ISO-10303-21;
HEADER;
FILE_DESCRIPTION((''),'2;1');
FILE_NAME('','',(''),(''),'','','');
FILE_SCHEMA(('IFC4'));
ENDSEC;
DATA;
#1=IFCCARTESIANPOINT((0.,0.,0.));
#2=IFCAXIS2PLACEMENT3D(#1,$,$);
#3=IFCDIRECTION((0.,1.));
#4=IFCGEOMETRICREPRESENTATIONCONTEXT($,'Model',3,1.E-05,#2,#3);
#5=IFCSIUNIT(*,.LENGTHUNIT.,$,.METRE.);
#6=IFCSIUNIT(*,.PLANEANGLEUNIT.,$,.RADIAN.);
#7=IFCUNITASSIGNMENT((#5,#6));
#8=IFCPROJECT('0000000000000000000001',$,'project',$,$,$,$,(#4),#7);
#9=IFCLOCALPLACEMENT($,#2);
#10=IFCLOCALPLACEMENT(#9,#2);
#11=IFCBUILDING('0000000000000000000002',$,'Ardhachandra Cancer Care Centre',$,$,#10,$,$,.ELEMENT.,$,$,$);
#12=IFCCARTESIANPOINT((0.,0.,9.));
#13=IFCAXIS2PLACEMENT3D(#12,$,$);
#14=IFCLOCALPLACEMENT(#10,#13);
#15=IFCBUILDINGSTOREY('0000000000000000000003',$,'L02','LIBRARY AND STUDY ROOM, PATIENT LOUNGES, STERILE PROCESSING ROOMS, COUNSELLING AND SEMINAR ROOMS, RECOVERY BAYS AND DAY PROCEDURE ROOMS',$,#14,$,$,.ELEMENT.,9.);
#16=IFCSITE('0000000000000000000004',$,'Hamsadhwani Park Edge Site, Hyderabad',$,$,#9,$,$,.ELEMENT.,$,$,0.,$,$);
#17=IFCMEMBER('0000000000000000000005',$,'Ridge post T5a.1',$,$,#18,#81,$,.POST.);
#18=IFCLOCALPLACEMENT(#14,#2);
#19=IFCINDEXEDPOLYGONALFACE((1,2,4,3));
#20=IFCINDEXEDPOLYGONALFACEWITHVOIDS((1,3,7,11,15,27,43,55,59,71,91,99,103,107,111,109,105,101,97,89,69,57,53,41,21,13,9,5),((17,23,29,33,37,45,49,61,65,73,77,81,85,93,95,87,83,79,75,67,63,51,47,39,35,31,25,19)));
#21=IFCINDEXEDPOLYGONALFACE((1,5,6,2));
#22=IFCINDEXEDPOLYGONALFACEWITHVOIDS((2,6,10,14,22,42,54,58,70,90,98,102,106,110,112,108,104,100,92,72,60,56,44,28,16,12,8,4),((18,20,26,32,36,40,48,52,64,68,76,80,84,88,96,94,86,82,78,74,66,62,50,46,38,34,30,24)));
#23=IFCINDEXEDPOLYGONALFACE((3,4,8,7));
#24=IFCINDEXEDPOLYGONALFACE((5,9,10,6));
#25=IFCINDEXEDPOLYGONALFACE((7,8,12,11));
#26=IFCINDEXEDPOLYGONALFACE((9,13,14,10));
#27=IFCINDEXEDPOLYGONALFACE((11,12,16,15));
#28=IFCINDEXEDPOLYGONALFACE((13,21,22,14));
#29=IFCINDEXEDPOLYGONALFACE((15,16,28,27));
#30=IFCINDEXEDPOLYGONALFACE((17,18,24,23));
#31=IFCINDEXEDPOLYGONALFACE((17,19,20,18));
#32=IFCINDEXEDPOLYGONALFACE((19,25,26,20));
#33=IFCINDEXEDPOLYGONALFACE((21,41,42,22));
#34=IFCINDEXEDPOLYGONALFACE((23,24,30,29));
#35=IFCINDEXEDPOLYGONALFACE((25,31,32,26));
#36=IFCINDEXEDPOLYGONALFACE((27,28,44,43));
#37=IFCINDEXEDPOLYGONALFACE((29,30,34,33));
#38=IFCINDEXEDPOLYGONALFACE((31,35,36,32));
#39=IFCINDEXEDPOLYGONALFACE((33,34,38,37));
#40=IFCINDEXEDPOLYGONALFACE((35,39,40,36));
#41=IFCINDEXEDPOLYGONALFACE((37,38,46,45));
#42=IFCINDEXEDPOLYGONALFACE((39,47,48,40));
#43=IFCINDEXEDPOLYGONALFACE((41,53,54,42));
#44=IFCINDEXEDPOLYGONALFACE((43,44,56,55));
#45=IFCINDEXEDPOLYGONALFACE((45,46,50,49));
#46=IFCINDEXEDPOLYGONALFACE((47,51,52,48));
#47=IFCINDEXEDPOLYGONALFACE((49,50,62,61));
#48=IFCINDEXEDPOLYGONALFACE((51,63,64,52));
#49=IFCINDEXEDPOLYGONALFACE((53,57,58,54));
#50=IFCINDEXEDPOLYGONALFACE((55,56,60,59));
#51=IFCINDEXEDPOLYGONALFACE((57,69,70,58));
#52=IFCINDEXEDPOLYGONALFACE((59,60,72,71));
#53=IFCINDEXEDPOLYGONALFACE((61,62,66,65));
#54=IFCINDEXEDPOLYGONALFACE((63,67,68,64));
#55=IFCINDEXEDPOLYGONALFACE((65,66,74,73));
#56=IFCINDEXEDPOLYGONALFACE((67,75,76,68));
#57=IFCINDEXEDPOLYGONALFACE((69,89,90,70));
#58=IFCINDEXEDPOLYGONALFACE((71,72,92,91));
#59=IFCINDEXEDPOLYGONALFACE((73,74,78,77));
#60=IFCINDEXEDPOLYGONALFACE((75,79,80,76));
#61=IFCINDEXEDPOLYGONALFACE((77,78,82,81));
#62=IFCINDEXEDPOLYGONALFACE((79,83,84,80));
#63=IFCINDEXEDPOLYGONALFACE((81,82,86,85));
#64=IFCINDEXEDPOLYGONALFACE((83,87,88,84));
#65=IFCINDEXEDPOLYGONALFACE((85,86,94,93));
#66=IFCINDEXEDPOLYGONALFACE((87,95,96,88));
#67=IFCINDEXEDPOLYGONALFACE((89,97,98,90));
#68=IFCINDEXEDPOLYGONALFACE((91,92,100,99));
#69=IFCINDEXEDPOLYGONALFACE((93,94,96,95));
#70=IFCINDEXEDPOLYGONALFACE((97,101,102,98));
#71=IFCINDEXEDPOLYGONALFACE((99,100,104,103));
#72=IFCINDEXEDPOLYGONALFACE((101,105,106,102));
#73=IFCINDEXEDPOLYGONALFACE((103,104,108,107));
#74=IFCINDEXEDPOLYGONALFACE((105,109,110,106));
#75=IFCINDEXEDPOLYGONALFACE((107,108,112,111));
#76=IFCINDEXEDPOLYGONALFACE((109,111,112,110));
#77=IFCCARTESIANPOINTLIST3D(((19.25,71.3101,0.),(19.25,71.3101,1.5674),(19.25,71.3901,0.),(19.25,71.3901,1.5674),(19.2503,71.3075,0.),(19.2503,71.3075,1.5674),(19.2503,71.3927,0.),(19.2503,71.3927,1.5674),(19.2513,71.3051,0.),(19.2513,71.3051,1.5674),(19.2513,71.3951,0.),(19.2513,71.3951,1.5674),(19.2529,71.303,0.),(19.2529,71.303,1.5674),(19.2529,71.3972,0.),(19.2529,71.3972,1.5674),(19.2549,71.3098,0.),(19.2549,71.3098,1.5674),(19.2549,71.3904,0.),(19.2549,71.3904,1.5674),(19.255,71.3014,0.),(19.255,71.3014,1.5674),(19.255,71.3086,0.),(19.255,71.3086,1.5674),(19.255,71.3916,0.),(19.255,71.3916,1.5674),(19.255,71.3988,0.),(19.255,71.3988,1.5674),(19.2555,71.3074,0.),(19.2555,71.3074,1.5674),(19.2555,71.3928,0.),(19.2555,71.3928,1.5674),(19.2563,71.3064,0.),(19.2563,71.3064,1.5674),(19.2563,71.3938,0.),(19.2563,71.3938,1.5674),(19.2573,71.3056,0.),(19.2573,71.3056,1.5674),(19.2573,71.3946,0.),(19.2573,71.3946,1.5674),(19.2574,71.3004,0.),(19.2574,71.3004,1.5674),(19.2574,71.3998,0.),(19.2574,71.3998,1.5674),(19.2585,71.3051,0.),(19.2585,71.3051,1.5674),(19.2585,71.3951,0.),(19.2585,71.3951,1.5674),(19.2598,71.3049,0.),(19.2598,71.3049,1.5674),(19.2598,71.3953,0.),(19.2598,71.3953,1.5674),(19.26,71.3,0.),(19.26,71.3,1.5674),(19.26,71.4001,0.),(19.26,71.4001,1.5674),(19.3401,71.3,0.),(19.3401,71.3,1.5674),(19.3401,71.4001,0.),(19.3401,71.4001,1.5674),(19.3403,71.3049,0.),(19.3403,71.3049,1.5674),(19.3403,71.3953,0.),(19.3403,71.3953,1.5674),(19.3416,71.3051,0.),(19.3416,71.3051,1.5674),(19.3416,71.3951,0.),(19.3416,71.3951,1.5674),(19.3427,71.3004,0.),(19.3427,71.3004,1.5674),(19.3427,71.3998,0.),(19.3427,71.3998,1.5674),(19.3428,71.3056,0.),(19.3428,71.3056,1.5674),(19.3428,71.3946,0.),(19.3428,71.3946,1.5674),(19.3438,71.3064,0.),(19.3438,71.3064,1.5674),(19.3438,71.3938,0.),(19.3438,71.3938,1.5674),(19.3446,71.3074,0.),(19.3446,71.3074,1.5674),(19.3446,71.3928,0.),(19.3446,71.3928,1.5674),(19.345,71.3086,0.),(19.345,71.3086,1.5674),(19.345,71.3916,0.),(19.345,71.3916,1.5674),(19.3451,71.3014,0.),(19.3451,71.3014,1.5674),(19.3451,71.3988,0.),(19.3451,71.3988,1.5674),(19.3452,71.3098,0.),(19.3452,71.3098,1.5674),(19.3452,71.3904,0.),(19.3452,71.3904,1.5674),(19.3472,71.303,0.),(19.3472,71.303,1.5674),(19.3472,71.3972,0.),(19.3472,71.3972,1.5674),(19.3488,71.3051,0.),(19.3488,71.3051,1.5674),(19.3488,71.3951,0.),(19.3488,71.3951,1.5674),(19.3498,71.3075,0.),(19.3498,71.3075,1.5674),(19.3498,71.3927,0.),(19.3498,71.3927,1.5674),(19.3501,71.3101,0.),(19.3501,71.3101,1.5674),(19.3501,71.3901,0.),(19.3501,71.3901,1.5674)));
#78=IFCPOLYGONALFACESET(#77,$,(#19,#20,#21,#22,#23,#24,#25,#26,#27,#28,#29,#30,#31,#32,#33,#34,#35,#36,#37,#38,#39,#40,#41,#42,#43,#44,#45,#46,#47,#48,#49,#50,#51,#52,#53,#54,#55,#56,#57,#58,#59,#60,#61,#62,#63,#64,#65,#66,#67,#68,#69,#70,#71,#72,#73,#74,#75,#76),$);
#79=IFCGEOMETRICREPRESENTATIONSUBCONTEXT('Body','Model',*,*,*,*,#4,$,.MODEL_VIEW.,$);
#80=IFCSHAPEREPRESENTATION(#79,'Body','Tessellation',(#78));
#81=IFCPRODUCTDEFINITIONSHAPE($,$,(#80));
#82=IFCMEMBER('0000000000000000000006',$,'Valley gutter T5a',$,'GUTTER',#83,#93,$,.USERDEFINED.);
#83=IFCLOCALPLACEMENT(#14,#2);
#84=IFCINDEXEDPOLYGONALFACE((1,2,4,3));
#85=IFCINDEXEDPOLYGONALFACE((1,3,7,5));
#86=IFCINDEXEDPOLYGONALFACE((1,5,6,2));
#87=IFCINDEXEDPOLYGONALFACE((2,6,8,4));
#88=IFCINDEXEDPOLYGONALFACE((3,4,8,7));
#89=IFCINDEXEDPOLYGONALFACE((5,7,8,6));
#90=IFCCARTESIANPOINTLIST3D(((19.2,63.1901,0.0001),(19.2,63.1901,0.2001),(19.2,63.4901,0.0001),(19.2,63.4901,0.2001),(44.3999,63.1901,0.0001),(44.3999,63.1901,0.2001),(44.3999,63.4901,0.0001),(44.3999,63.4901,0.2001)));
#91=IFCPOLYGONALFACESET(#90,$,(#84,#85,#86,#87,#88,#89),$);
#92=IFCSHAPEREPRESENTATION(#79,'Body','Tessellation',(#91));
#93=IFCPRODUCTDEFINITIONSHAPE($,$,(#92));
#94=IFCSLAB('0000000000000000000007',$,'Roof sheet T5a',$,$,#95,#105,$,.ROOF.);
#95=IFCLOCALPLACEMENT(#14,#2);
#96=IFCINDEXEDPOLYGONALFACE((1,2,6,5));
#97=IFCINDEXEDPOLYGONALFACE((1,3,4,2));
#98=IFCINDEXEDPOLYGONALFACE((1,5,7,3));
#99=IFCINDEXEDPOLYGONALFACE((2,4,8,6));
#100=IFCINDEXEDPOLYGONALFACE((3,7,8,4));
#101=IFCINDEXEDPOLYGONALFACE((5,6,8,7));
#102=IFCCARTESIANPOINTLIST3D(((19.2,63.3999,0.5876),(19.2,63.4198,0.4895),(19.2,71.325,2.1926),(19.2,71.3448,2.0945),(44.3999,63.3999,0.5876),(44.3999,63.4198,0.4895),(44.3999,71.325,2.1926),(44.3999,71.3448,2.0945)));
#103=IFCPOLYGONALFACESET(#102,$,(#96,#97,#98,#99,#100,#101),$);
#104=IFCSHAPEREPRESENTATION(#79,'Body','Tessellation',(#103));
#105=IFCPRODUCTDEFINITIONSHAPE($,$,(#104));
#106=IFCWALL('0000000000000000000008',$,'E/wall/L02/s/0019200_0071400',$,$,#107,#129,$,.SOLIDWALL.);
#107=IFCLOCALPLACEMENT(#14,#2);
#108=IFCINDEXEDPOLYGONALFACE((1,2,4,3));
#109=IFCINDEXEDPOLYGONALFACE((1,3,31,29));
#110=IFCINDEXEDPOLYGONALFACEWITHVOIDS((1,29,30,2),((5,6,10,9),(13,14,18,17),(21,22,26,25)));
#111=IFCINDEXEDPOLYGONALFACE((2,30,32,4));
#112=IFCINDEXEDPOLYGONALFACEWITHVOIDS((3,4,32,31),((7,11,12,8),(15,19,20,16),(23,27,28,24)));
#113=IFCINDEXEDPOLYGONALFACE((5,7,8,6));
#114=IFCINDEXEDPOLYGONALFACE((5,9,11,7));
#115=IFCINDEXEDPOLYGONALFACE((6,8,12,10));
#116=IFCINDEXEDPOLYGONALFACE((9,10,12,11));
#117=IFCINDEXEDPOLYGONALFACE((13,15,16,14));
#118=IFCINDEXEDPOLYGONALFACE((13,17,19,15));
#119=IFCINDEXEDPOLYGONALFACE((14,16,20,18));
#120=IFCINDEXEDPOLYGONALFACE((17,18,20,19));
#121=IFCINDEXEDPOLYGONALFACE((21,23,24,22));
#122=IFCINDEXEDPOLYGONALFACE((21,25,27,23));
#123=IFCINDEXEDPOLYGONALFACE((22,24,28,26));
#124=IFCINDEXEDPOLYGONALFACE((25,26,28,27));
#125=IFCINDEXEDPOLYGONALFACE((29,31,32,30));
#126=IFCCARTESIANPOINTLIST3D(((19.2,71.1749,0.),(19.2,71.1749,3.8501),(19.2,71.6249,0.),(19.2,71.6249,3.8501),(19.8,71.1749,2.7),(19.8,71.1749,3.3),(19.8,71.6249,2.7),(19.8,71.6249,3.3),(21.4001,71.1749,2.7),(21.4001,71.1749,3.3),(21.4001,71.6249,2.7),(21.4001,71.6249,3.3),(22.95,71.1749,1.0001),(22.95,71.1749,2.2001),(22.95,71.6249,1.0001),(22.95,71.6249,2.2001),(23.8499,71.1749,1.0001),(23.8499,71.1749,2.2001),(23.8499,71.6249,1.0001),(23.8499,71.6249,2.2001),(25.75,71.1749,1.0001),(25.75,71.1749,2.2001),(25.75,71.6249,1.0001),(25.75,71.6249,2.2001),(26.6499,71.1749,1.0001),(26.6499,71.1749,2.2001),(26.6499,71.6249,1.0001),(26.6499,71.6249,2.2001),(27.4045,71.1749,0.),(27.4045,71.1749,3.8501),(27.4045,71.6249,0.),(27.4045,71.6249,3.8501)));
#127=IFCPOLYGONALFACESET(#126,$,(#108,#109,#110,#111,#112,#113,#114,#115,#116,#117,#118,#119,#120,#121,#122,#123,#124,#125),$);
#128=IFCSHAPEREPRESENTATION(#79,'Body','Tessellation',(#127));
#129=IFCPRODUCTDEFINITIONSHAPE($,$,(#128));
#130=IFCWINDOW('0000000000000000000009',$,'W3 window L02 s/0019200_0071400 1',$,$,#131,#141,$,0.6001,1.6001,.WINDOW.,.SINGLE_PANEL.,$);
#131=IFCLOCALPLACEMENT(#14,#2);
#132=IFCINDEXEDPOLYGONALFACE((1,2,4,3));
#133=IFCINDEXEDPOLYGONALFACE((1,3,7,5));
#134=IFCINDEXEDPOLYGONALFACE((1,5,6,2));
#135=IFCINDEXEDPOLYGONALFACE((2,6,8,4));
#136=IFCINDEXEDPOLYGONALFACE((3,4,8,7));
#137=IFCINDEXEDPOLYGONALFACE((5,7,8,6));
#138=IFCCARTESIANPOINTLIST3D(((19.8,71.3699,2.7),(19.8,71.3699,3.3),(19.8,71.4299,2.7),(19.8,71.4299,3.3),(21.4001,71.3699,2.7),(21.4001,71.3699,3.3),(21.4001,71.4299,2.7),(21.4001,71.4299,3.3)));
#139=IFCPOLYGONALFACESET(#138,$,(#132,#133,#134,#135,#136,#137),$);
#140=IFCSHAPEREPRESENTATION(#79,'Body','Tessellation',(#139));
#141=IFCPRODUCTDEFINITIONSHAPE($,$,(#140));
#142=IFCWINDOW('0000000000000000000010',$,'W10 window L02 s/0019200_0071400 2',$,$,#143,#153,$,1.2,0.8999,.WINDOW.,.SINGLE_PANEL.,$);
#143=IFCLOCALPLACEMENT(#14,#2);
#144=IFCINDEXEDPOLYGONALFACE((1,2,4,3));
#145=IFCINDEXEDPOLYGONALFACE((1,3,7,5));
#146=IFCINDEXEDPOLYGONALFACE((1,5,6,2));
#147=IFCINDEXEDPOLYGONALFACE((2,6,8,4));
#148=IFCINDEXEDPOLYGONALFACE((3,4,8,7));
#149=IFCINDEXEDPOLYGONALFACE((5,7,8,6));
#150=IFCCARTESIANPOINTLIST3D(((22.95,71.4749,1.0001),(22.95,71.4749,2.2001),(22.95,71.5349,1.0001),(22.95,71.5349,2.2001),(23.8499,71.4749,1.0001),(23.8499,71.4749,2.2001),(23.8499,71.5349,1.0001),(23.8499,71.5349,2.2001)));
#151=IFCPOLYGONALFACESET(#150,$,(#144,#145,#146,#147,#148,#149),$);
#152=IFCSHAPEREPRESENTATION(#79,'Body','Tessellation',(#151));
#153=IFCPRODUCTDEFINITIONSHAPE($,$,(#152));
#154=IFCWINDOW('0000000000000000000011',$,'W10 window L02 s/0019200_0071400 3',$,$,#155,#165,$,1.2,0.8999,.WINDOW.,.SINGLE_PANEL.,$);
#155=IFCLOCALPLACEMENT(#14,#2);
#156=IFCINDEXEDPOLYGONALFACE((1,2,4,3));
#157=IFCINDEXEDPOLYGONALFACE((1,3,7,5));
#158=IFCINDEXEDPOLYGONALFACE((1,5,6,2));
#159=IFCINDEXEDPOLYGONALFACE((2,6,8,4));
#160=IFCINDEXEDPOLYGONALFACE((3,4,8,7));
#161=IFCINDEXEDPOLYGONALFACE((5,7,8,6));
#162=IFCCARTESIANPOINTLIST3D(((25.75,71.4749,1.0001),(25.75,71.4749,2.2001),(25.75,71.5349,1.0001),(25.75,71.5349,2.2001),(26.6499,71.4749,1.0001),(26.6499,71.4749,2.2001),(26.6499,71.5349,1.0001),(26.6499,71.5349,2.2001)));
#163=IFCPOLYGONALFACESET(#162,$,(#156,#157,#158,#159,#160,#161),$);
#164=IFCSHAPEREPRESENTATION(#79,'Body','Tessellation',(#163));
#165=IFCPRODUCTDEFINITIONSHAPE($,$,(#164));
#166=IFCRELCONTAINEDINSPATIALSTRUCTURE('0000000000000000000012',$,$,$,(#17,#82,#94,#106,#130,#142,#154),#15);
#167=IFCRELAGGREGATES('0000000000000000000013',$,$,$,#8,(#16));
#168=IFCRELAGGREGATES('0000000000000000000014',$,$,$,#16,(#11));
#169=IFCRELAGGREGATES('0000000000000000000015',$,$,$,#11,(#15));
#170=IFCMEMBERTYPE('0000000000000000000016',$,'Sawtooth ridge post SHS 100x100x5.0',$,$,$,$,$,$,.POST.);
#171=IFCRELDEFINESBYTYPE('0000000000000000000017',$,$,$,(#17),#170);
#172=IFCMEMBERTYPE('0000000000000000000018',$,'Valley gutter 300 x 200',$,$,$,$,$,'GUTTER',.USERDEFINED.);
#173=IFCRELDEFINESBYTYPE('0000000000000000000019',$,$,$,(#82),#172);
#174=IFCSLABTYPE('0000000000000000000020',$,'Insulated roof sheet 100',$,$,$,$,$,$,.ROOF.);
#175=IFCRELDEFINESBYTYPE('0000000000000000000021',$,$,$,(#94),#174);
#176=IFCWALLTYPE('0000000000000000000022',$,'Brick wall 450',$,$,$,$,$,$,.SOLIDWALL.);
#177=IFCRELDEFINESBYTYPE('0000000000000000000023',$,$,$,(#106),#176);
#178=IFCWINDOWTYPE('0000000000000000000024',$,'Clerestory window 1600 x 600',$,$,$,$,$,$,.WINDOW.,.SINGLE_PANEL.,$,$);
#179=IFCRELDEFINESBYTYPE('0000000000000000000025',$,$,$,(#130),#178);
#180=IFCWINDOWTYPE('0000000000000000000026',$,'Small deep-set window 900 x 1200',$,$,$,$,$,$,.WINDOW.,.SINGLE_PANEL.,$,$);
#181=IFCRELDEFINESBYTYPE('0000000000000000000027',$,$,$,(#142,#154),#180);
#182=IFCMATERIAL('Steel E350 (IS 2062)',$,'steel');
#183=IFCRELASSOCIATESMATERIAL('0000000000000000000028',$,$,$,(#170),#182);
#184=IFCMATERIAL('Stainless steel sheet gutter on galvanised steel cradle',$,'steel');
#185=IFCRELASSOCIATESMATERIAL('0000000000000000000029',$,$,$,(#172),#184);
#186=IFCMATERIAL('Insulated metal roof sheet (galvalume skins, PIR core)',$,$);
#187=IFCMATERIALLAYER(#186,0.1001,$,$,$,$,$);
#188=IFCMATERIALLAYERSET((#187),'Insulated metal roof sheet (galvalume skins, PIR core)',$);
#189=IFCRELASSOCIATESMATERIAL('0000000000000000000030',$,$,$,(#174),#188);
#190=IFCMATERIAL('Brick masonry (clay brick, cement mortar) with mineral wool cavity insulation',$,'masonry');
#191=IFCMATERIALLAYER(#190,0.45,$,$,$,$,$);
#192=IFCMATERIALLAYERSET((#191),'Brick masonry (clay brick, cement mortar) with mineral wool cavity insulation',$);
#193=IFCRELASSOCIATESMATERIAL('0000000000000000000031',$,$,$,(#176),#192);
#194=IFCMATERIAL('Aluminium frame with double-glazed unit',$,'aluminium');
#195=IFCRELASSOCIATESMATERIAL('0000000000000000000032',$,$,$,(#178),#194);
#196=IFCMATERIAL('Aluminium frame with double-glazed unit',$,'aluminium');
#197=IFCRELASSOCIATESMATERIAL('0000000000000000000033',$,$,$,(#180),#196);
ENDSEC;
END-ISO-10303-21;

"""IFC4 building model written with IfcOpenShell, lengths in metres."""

from ifc_helpers import new_model, si_unit, direction, frame, frame_2d, origin, origin_2d, place, context, subcontext, project, spatial, polyline, rectangle, hollow_rectangle, outline, extrude, material, layer, layer_set, material_profile, profile_set, type_object, element, fill, save


model = new_model("IFC4")

# Units and contexts
model_context = context("Model", 3, precision=1e-05, world=origin(), true_north=direction((0.0, 1.0)))
body_context = subcontext(model_context, "Body", "Model", "MODEL_VIEW")
ifc_project = project(units=[si_unit("LENGTHUNIT", "METRE"), si_unit("PLANEANGLEUNIT", "RADIAN")], contexts=[model_context])

# Site, building, storey
site_placement = place(None, origin())
site = spatial("IfcSite", under=ifc_project, at=site_placement, Name="Hamsadhwani Park Edge Site, Hyderabad", CompositionType="ELEMENT", RefElevation=0.0)
building_placement = place(site_placement, origin())
building = spatial("IfcBuilding", under=site, at=building_placement, Name="Ardhachandra Cancer Care Centre", CompositionType="ELEMENT")
storey_placement = place(building_placement, frame((0.0, 0.0, 9.0)))
storey = spatial("IfcBuildingStorey", under=building, at=storey_placement, Name="L02", Description="LIBRARY AND STUDY ROOM, PATIENT LOUNGES, STERILE PROCESSING ROOMS, COUNSELLING AND SEMINAR ROOMS, RECOVERY BAYS AND DAY PROCEDURE ROOMS", CompositionType="ELEMENT", Elevation=9.0)

# Members
ifc_material_1 = material(Name="Steel E350 (IS 2062)", Category="steel")
ifc_material_profile_1 = material_profile(ifc_material_1, hollow_rectangle(XDim=0.1001, YDim=0.1001, WallThickness=0.0049, InnerFilletRadius=0.0049, OuterFilletRadius=0.01, at=origin_2d()), Name="SHS 100x100x5.0")
ifc_profile_set_1 = profile_set([ifc_material_profile_1], Name="Steel E350 (IS 2062)")
member_type_1 = type_object("IfcMemberType", Name="Sawtooth ridge post SHS 100x100x5.0", PredefinedType="POST", material=ifc_profile_set_1)
member_1_placement = place(storey_placement, frame((19.3, 71.3501, 0.0), z_axis=(0.0, 0.0, 1.0), x_axis=(1.0, 0.0, 0.0)))
element("IfcMember", 1, at=member_1_placement, inside=storey, type_object=member_type_1, Name="Ridge post T5a.1", PredefinedType="POST", context=body_context, shape_type="SweptSolid", body=[
    extrude(hollow_rectangle(XDim=0.1001, YDim=0.1001, WallThickness=0.0049, InnerFilletRadius=0.0049, OuterFilletRadius=0.01, at=origin_2d()), origin(), (0.0, 0.0, 1.0), 1.5674),
])
ifc_material_2 = material(Name="Stainless steel sheet gutter on galvanised steel cradle", Category="steel")
ifc_material_profile_2 = material_profile(ifc_material_2, rectangle(XDim=0.3, YDim=0.2, at=origin_2d()), Name="Valley gutter 300 x 200")
ifc_profile_set_2 = profile_set([ifc_material_profile_2], Name="Stainless steel sheet gutter on galvanised steel cradle")
member_type_2 = type_object("IfcMemberType", Name="Valley gutter 300 x 200", ElementType="GUTTER", PredefinedType="USERDEFINED", material=ifc_profile_set_2)
member_2_placement = place(storey_placement, frame((19.2, 63.3401, 0.1001), z_axis=(1.0, 0.0, 0.0), x_axis=(0.0, 1.0, 0.0)))
element("IfcMember", 2, at=member_2_placement, inside=storey, type_object=member_type_2, Name="Valley gutter T5a", ObjectType="GUTTER", PredefinedType="USERDEFINED", context=body_context, shape_type="SweptSolid", body=[
    extrude(rectangle(XDim=0.3, YDim=0.2, at=origin_2d()), origin(), (0.0, 0.0, 1.0), 25.2),
])

# Slab
ifc_material_3 = material(Name="Insulated metal roof sheet (galvalume skins, PIR core)")
ifc_layer_1 = layer(ifc_material_3, 0.1001)
ifc_layer_set_1 = layer_set([ifc_layer_1], Name="Insulated metal roof sheet (galvalume skins, PIR core)")
slab_type = type_object("IfcSlabType", Name="Insulated roof sheet 100", PredefinedType="ROOF", material=ifc_layer_set_1)
slab_placement = place(storey_placement, frame((19.2, 63.3999, 0.5876), z_axis=(0.0, -0.19849, 0.980103), x_axis=(1.0, 0.0, 0.0)))
element("IfcSlab", 3, at=slab_placement, inside=storey, type_object=slab_type, Name="Roof sheet T5a", PredefinedType="ROOF", context=body_context, shape_type="SweptSolid", body=[
    extrude(outline(polyline([(0.0, 0.0), (25.2, 0.0), (25.2, 8.0859), (0.0, 8.0859), (0.0, 0.0)])), origin(), (0.0, 0.0, -1.0), 0.1001),
])

# Wall, openings, windows
ifc_material_4 = material(Name="Brick masonry (clay brick, cement mortar) with mineral wool cavity insulation", Category="masonry")
ifc_layer_2 = layer(ifc_material_4, 0.45)
ifc_layer_set_2 = layer_set([ifc_layer_2], Name="Brick masonry (clay brick, cement mortar) with mineral wool cavity insulation")
wall_type_1 = type_object("IfcWallType", Name="Brick wall 450", PredefinedType="SOLIDWALL", material=ifc_layer_set_2)
wall_1_placement = place(storey_placement, frame((19.2, 71.3999, 0.0), z_axis=(0.0, 0.0, 1.0), x_axis=(1.0, 0.0, 0.0)))
wall_1 = element("IfcWall", 4, at=wall_1_placement, inside=storey, type_object=wall_type_1, Name="E/wall/L02/s/0019200_0071400", PredefinedType="SOLIDWALL", context=body_context, shape_type="SweptSolid", body=[
    extrude(rectangle(XDim=8.2046, YDim=0.45, at=frame_2d((4.1023, 0.0))), origin(), (0.0, 0.0, 1.0), 3.8501),
])
opening_1_placement = place(wall_1_placement, frame((0.6001, 0.0, 2.7)))
opening_1 = element("IfcOpeningElement", 5, at=opening_1_placement, cuts=wall_1, PredefinedType="OPENING", context=body_context, shape_type="SweptSolid", body=[
    extrude(rectangle(XDim=1.6001, YDim=0.6001, at=frame_2d((0.8, 0.3))), frame((0.0, 0.2349, 0.0), z_axis=(0.0, -1.0, 0.0), x_axis=(1.0, 0.0, 0.0)), (0.0, 0.0, 1.0), 0.47),
])
opening_2_placement = place(wall_1_placement, frame((3.75, 0.0, 1.0)))
opening_2 = element("IfcOpeningElement", 6, at=opening_2_placement, cuts=wall_1, PredefinedType="OPENING", context=body_context, shape_type="SweptSolid", body=[
    extrude(rectangle(XDim=0.8999, YDim=1.2, at=frame_2d((0.45, 0.6001))), frame((0.0, 0.2349, 0.0), z_axis=(0.0, -1.0, 0.0), x_axis=(1.0, 0.0, 0.0)), (0.0, 0.0, 1.0), 0.47),
])
opening_3_placement = place(wall_1_placement, frame((6.55, 0.0, 1.0)))
opening_3 = element("IfcOpeningElement", 7, at=opening_3_placement, cuts=wall_1, PredefinedType="OPENING", context=body_context, shape_type="SweptSolid", body=[
    extrude(rectangle(XDim=0.8999, YDim=1.2, at=frame_2d((0.45, 0.6001))), frame((0.0, 0.2349, 0.0), z_axis=(0.0, -1.0, 0.0), x_axis=(1.0, 0.0, 0.0)), (0.0, 0.0, 1.0), 0.47),
])
ifc_material_5 = material(Name="Aluminium frame with double-glazed unit", Category="aluminium")
window_type_1 = type_object("IfcWindowType", Name="Clerestory window 1600 x 600", PartitioningType="SINGLE_PANEL", PredefinedType="WINDOW", material=ifc_material_5)
window_1_placement = place(opening_1_placement, origin())
window_1 = element("IfcWindow", 8, at=window_1_placement, inside=storey, type_object=window_type_1, Name="W3 window L02 s/0019200_0071400 1", OverallHeight=0.6001, OverallWidth=1.6001, PartitioningType="SINGLE_PANEL", PredefinedType="WINDOW", context=body_context, shape_type="SweptSolid", body=[
    extrude(rectangle(XDim=1.6001, YDim=0.6001, at=frame_2d((0.8, 0.3))), frame((0.0, 0.03, 0.0), z_axis=(0.0, -1.0, 0.0), x_axis=(1.0, 0.0, 0.0)), (0.0, 0.0, 1.0), 0.0601),
])
fill(opening_1, window_1)
ifc_material_6 = material(Name="Aluminium frame with double-glazed unit", Category="aluminium")
window_type_2 = type_object("IfcWindowType", Name="Small deep-set window 900 x 1200", PartitioningType="SINGLE_PANEL", PredefinedType="WINDOW", material=ifc_material_6)
window_2_placement = place(opening_2_placement, origin())
window_2 = element("IfcWindow", 9, at=window_2_placement, inside=storey, type_object=window_type_2, Name="W10 window L02 s/0019200_0071400 2", OverallHeight=1.2, OverallWidth=0.8999, PartitioningType="SINGLE_PANEL", PredefinedType="WINDOW", context=body_context, shape_type="SweptSolid", body=[
    extrude(rectangle(XDim=0.8999, YDim=1.2, at=frame_2d((0.45, 0.6001))), frame((0.0, 0.135, 0.0), z_axis=(0.0, -1.0, 0.0), x_axis=(1.0, 0.0, 0.0)), (0.0, 0.0, 1.0), 0.0601),
])
fill(opening_2, window_2)
window_3_placement = place(opening_3_placement, origin())
window_3 = element("IfcWindow", 10, at=window_3_placement, inside=storey, type_object=window_type_2, Name="W10 window L02 s/0019200_0071400 3", OverallHeight=1.2, OverallWidth=0.8999, PartitioningType="SINGLE_PANEL", PredefinedType="WINDOW", context=body_context, shape_type="SweptSolid", body=[
    extrude(rectangle(XDim=0.8999, YDim=1.2, at=frame_2d((0.45, 0.6001))), frame((0.0, 0.135, 0.0), z_axis=(0.0, -1.0, 0.0), x_axis=(1.0, 0.0, 0.0)), (0.0, 0.0, 1.0), 0.0601),
])
fill(opening_3, window_3)

save(model, "model.ifc")
